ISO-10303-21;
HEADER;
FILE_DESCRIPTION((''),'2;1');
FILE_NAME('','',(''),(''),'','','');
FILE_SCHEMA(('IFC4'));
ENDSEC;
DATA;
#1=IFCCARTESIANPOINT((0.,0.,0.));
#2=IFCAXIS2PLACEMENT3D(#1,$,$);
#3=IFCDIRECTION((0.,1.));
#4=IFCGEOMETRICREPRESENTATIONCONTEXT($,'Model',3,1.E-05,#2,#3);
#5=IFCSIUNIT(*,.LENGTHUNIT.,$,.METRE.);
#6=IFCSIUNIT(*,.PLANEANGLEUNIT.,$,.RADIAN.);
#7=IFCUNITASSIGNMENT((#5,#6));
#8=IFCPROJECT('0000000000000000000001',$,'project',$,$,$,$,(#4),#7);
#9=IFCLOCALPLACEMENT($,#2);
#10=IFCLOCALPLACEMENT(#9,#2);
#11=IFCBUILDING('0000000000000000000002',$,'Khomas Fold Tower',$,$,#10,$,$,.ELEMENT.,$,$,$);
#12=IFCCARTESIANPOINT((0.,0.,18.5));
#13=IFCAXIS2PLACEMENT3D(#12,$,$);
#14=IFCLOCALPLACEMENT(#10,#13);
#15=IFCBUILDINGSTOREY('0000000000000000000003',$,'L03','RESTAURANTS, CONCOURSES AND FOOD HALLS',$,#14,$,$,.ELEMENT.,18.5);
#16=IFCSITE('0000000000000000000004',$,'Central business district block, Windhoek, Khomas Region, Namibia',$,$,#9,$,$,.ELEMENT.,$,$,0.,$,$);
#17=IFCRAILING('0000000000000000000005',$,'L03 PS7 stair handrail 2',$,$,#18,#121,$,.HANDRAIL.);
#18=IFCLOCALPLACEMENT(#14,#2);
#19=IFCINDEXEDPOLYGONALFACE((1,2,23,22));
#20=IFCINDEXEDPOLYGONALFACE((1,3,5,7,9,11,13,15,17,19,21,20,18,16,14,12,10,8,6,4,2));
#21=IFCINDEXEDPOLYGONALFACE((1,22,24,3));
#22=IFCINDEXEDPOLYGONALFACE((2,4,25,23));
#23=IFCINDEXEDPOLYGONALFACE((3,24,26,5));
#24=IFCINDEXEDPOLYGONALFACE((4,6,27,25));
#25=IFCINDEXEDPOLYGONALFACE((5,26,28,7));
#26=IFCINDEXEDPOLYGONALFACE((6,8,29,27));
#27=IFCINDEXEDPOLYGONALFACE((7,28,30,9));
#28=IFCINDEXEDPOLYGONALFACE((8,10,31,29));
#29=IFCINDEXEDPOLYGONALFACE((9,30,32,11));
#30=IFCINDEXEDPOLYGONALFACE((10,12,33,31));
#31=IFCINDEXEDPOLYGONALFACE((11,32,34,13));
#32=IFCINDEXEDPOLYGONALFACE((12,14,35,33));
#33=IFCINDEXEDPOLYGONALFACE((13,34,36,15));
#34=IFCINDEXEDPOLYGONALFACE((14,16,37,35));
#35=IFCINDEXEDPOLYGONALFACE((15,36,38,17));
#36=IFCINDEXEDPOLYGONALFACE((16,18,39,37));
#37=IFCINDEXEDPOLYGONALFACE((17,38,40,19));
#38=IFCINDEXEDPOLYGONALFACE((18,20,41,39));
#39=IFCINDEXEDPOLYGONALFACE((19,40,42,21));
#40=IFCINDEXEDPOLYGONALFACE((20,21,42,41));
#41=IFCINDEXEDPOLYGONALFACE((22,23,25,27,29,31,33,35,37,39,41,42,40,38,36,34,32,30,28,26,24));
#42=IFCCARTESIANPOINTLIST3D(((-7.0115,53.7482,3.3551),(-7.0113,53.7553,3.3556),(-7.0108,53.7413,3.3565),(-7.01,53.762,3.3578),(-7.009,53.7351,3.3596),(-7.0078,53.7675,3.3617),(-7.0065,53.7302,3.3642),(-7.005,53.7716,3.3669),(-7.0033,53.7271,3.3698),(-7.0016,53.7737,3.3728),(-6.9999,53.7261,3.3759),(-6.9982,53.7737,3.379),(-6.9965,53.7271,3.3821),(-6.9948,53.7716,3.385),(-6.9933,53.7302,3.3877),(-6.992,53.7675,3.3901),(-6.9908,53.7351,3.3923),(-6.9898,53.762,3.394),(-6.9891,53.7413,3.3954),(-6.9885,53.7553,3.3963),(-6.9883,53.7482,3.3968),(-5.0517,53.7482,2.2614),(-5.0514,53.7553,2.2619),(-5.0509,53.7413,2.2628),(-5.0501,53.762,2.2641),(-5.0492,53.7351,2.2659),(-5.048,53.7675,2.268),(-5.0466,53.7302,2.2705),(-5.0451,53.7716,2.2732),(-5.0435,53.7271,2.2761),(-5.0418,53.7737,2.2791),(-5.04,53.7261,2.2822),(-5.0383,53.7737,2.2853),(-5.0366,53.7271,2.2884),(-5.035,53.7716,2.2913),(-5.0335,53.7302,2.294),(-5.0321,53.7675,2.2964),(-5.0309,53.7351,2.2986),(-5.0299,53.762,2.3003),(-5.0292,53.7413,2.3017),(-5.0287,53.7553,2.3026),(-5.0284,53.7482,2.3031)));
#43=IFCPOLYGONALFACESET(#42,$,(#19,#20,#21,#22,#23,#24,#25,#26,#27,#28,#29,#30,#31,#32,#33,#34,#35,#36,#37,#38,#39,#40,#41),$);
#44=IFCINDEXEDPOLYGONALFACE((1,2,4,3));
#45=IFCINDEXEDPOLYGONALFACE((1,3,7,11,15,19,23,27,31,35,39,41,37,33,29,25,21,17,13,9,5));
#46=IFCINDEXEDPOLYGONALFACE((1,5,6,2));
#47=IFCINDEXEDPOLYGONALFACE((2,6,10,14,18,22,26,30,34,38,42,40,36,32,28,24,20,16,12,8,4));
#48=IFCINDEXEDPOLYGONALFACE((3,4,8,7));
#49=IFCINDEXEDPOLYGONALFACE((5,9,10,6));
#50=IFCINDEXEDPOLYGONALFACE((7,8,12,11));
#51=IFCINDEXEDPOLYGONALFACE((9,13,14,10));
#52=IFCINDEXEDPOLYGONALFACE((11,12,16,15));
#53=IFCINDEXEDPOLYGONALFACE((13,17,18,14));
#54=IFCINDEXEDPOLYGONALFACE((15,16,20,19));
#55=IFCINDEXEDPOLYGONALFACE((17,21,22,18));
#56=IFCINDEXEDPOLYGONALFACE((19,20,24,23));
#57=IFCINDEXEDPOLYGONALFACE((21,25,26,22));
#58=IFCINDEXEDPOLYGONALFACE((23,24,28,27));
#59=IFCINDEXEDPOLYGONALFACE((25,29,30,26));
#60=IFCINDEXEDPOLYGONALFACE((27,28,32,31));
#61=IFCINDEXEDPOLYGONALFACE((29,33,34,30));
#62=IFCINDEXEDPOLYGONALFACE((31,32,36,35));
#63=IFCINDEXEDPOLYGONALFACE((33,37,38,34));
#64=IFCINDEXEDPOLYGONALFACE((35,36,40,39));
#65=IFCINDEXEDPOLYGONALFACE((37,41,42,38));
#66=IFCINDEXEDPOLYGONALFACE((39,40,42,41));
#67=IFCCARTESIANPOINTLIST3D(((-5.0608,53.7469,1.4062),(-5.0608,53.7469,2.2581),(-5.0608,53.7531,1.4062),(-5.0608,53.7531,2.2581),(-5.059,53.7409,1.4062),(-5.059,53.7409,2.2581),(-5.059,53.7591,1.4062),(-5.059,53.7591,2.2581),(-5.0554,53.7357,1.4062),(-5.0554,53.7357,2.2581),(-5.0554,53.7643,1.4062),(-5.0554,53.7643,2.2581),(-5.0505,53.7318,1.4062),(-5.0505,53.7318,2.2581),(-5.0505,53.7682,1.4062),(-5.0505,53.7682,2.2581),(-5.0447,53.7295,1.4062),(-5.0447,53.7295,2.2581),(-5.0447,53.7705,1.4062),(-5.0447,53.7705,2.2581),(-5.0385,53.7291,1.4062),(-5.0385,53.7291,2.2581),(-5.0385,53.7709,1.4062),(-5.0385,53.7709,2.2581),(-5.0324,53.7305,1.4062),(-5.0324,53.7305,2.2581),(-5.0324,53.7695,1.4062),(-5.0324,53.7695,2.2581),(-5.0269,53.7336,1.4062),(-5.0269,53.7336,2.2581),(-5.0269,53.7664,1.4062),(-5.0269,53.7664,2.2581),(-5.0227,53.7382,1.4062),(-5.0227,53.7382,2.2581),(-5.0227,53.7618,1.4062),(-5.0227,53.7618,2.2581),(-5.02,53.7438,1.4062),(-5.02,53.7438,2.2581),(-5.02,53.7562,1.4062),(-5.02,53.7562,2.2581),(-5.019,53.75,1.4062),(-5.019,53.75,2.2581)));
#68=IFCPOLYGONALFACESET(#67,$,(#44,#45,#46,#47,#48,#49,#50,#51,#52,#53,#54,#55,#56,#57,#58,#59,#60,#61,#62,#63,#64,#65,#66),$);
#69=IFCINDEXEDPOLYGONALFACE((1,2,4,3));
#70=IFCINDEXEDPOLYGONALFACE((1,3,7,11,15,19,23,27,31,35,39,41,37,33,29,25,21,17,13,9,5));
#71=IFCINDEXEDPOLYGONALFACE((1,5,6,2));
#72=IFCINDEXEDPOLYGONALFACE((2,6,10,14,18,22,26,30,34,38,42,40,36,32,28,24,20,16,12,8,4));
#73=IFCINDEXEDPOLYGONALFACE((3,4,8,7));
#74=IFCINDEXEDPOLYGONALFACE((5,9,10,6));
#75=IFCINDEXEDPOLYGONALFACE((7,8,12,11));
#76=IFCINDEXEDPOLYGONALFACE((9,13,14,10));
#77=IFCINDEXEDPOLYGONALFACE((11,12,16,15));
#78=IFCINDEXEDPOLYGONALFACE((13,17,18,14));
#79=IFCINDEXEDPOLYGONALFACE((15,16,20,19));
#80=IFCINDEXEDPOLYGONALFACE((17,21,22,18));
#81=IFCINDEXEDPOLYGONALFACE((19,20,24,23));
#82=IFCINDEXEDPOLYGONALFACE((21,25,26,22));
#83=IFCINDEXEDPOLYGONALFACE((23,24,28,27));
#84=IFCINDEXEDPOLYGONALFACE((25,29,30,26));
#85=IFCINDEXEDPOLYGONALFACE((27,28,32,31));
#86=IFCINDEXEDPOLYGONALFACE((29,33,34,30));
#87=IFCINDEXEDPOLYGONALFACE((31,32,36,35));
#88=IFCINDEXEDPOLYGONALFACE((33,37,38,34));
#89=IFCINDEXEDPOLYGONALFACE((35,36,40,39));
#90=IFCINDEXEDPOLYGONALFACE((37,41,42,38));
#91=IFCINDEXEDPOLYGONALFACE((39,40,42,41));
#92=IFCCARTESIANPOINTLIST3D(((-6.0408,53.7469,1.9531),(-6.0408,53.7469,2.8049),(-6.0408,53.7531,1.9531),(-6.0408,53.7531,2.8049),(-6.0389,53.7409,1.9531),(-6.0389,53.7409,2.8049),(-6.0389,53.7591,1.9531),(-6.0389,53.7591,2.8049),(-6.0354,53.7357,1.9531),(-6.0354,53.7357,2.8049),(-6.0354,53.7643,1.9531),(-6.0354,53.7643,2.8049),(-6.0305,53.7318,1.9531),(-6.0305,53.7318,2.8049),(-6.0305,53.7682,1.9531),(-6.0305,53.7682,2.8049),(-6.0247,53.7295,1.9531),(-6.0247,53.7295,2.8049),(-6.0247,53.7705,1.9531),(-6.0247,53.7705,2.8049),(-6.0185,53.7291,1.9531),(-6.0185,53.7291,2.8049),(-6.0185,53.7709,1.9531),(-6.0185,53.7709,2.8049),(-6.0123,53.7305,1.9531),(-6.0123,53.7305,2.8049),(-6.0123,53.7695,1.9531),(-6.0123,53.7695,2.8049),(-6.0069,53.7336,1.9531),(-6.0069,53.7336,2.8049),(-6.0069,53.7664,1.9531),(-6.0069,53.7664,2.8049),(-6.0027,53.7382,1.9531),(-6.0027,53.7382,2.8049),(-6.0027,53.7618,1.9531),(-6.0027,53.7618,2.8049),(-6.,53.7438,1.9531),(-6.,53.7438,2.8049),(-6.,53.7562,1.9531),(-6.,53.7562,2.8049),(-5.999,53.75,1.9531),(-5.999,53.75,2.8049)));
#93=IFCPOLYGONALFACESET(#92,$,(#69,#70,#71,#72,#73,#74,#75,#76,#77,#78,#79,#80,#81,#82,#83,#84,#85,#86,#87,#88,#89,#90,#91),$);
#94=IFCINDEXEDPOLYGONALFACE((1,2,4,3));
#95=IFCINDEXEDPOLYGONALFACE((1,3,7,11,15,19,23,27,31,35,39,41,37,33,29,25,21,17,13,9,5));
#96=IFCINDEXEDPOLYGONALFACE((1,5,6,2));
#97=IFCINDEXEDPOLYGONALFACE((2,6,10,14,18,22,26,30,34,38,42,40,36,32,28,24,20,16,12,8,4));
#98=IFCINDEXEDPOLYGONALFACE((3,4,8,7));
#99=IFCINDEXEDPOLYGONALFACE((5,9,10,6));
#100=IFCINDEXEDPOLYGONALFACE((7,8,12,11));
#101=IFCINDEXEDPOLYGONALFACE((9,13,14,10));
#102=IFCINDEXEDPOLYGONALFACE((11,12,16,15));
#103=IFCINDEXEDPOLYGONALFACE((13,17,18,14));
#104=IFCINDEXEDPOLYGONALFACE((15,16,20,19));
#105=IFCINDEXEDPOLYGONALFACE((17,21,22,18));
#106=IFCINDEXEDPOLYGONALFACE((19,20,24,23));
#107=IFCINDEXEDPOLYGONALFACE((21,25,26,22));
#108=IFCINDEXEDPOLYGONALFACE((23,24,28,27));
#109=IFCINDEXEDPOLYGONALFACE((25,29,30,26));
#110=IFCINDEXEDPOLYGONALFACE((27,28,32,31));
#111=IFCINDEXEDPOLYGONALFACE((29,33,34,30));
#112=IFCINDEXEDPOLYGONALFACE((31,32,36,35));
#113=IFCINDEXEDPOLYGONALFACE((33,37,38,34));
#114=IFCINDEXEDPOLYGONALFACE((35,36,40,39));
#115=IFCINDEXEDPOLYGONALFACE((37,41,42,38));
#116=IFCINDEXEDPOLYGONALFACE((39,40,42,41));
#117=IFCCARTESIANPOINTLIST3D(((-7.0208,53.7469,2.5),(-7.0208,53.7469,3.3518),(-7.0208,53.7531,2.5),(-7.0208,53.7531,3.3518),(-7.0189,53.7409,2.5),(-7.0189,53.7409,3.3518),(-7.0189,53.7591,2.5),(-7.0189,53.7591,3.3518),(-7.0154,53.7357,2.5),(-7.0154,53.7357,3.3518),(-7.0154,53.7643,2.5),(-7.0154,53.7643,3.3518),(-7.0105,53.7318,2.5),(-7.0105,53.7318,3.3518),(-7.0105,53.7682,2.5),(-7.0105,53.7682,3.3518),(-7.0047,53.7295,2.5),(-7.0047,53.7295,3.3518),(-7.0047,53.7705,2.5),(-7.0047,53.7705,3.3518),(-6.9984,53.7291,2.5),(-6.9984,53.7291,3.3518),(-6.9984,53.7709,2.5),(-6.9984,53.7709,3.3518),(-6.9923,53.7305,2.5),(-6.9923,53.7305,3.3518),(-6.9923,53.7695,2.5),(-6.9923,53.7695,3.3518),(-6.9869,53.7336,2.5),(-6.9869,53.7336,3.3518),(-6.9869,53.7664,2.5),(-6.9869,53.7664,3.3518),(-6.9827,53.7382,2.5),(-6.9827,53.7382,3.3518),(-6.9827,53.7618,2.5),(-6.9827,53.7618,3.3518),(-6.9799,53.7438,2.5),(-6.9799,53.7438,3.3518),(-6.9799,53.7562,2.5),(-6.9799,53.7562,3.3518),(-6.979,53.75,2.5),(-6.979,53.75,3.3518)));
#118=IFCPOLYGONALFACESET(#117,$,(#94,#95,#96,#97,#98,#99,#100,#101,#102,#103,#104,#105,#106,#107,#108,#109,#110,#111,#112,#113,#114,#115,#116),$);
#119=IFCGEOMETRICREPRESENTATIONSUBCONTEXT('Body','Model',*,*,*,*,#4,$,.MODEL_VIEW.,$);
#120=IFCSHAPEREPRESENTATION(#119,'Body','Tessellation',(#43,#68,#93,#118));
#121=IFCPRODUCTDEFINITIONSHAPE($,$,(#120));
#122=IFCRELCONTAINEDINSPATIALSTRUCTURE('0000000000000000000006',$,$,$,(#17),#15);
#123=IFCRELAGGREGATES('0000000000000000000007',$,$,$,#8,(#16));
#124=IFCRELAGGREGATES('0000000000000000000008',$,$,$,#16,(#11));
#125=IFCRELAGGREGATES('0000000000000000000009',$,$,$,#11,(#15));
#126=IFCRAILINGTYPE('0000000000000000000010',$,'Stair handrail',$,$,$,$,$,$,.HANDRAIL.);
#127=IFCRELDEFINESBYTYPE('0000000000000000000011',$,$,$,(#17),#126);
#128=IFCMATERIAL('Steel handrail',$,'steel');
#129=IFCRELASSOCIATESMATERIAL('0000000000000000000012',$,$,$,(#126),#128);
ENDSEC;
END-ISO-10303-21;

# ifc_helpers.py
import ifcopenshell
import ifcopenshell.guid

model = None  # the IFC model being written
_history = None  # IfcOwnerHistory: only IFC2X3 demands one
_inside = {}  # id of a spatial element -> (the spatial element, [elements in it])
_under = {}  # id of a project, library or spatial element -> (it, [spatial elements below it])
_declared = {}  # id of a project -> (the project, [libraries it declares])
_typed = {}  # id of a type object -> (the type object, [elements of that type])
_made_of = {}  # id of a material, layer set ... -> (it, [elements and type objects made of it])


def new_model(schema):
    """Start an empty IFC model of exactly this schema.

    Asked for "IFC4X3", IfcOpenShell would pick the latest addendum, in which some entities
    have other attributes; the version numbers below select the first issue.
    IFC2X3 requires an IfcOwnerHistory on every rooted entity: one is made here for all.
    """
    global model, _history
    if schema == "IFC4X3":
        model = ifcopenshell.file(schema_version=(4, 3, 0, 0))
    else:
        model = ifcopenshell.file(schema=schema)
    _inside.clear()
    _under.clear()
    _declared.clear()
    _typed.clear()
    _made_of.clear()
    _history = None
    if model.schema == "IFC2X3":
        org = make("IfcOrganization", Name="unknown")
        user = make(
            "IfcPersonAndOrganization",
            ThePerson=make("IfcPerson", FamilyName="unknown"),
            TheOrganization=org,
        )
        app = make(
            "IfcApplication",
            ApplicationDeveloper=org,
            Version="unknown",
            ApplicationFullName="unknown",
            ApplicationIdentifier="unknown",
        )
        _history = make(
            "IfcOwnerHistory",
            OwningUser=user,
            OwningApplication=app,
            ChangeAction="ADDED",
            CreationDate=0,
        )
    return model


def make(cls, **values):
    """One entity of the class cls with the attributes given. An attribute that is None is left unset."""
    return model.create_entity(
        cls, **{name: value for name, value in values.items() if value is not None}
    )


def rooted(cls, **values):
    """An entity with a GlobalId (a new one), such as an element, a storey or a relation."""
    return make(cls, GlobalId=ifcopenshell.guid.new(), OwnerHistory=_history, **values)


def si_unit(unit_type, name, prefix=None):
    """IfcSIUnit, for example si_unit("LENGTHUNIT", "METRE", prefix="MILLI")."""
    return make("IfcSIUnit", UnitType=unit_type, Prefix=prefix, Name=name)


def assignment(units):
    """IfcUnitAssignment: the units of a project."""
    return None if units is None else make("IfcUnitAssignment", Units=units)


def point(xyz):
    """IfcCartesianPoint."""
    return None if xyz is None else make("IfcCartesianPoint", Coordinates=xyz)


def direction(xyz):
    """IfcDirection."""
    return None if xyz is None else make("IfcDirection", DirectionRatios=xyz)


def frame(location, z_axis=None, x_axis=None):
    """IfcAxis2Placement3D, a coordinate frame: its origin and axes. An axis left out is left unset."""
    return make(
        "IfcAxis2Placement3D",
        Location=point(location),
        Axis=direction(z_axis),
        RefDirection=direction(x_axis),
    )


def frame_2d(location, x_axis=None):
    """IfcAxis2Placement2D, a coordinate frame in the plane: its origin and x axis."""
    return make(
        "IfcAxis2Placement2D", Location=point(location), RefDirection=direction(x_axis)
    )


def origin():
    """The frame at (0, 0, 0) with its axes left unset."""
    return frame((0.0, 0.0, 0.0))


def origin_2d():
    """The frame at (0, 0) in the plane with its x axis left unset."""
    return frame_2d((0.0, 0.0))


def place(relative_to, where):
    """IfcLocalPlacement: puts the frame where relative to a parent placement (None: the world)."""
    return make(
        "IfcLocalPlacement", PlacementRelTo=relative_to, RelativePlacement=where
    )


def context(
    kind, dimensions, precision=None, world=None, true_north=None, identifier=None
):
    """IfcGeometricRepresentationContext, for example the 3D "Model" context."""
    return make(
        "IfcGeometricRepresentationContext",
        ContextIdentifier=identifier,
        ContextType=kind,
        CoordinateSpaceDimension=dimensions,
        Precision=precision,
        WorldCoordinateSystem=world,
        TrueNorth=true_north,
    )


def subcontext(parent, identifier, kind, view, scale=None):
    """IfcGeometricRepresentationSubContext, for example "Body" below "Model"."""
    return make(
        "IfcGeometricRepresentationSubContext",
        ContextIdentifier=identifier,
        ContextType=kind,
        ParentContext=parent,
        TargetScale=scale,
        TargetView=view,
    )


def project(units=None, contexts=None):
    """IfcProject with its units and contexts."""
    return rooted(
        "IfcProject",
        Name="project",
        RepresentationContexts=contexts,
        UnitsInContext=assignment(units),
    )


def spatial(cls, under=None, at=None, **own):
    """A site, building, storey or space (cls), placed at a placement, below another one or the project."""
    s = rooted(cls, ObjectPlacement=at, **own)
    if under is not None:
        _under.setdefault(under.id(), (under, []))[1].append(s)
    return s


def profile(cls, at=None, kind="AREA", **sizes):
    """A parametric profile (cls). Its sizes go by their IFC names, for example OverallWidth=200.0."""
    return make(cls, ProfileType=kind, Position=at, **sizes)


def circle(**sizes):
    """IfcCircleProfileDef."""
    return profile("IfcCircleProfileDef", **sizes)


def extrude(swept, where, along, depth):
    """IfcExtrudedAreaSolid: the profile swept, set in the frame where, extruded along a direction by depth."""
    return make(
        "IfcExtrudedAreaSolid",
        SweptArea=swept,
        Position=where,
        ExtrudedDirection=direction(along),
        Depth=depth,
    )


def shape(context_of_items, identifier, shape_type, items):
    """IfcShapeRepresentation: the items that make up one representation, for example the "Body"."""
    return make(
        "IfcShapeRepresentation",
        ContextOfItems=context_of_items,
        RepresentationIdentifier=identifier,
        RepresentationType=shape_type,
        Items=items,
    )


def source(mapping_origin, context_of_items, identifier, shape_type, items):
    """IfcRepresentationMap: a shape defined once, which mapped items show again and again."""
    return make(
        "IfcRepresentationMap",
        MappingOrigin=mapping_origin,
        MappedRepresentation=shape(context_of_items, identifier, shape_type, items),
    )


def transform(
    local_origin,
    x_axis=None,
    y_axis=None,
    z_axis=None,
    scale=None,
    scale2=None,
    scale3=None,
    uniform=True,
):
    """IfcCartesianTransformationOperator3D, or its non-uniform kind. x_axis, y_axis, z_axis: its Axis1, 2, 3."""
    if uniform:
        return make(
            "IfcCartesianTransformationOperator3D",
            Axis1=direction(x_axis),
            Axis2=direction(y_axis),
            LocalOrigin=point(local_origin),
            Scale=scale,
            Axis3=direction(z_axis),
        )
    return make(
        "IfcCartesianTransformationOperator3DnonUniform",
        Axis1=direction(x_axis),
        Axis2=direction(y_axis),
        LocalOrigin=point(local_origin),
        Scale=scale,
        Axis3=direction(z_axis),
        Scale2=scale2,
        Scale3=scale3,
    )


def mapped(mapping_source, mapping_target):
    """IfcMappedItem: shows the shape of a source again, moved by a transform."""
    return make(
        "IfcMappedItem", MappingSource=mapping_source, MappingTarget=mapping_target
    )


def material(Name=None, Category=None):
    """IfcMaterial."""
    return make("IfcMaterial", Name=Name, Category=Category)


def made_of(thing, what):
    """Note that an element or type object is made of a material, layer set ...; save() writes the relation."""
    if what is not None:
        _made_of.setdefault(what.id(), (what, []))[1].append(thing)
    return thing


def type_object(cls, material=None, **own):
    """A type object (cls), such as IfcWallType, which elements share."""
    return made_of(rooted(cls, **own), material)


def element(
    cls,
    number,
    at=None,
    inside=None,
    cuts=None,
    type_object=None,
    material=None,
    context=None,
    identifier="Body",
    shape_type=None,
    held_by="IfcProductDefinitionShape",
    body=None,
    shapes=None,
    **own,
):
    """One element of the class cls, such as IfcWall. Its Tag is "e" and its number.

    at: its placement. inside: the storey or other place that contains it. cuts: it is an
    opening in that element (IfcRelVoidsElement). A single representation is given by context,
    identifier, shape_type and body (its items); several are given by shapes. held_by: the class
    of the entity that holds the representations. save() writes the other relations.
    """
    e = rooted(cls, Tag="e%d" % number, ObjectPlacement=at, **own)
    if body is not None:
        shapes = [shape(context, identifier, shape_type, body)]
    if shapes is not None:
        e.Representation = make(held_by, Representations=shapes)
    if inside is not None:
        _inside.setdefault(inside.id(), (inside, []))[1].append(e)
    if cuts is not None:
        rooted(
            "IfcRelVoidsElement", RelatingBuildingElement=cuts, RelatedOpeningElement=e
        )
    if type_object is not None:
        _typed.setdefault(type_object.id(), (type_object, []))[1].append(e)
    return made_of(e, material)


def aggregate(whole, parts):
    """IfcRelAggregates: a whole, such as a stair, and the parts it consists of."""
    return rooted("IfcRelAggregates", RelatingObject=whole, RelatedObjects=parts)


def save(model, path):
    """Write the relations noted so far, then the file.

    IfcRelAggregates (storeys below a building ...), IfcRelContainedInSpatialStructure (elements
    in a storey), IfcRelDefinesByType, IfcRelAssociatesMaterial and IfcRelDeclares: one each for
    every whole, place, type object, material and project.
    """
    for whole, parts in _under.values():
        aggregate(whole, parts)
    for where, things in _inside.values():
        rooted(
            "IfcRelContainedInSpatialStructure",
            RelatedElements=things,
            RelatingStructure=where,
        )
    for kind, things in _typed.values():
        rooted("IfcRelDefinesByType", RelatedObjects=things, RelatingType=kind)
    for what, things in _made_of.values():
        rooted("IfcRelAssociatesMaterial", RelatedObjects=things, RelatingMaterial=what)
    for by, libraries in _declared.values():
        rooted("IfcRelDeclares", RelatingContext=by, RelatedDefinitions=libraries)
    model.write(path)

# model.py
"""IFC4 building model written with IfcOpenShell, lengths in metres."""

from ifc_helpers import new_model, si_unit, direction, frame, origin, origin_2d, place, context, subcontext, project, spatial, circle, extrude, source, transform, mapped, material, type_object, element, save


model = new_model("IFC4")

# Units and contexts
model_context = context("Model", 3, precision=1e-05, world=origin(), true_north=direction((0.0, 1.0)))
body_context = subcontext(model_context, "Body", "Model", "MODEL_VIEW")
ifc_project = project(units=[si_unit("LENGTHUNIT", "METRE"), si_unit("PLANEANGLEUNIT", "RADIAN")], contexts=[model_context])

# Site, building, storey
site_placement = place(None, origin())
site = spatial("IfcSite", under=ifc_project, at=site_placement, Name="Central business district block, Windhoek, Khomas Region, Namibia", CompositionType="ELEMENT", RefElevation=0.0)
building_placement = place(site_placement, origin())
building = spatial("IfcBuilding", under=site, at=building_placement, Name="Khomas Fold Tower", CompositionType="ELEMENT")
storey_placement = place(building_placement, frame((0.0, 0.0, 18.5)))
storey = spatial("IfcBuildingStorey", under=building, at=storey_placement, Name="L03", Description="RESTAURANTS, CONCOURSES AND FOOD HALLS", CompositionType="ELEMENT", Elevation=18.5)

# Railing
ifc_material_1 = material(Name="Steel handrail", Category="steel")
railing_type_1 = type_object("IfcRailingType", Name="Stair handrail", PredefinedType="HANDRAIL", material=ifc_material_1)
shared_shape_1 = source(origin(), body_context, "Body", "SweptSolid", [
    extrude(circle(Radius=0.0239, at=origin_2d()), frame((0.0, 0.0, 0.876), z_axis=(-0.873232, 0.0, 0.487304), x_axis=(0.0, -1.0, 0.0)), (0.0, 0.0, 1.0), 2.2444),
    extrude(circle(Radius=0.021, at=origin_2d()), origin(), (0.0, 0.0, 1.0), 0.8518),
    extrude(circle(Radius=0.021, at=origin_2d()), frame((-0.98, 0.0, 0.5469)), (0.0, 0.0, 1.0), 0.8518),
    extrude(circle(Radius=0.021, at=origin_2d()), frame((-1.96, 0.0, 1.0938)), (0.0, 0.0, 1.0), 0.8518),
])
for number, where, name in (
    (1, (-5.04, 53.75, 1.4062), "L03 PS7 stair handrail 2"),
):
    element("IfcRailing", number, at=place(storey_placement, frame(where)), inside=storey, type_object=railing_type_1, Name=name, PredefinedType="HANDRAIL", context=body_context, shape_type="MappedRepresentation", body=[
        mapped(shared_shape_1, transform((0.0, 0.0, 0.0))),
    ])

save(model, "model.ifc")
